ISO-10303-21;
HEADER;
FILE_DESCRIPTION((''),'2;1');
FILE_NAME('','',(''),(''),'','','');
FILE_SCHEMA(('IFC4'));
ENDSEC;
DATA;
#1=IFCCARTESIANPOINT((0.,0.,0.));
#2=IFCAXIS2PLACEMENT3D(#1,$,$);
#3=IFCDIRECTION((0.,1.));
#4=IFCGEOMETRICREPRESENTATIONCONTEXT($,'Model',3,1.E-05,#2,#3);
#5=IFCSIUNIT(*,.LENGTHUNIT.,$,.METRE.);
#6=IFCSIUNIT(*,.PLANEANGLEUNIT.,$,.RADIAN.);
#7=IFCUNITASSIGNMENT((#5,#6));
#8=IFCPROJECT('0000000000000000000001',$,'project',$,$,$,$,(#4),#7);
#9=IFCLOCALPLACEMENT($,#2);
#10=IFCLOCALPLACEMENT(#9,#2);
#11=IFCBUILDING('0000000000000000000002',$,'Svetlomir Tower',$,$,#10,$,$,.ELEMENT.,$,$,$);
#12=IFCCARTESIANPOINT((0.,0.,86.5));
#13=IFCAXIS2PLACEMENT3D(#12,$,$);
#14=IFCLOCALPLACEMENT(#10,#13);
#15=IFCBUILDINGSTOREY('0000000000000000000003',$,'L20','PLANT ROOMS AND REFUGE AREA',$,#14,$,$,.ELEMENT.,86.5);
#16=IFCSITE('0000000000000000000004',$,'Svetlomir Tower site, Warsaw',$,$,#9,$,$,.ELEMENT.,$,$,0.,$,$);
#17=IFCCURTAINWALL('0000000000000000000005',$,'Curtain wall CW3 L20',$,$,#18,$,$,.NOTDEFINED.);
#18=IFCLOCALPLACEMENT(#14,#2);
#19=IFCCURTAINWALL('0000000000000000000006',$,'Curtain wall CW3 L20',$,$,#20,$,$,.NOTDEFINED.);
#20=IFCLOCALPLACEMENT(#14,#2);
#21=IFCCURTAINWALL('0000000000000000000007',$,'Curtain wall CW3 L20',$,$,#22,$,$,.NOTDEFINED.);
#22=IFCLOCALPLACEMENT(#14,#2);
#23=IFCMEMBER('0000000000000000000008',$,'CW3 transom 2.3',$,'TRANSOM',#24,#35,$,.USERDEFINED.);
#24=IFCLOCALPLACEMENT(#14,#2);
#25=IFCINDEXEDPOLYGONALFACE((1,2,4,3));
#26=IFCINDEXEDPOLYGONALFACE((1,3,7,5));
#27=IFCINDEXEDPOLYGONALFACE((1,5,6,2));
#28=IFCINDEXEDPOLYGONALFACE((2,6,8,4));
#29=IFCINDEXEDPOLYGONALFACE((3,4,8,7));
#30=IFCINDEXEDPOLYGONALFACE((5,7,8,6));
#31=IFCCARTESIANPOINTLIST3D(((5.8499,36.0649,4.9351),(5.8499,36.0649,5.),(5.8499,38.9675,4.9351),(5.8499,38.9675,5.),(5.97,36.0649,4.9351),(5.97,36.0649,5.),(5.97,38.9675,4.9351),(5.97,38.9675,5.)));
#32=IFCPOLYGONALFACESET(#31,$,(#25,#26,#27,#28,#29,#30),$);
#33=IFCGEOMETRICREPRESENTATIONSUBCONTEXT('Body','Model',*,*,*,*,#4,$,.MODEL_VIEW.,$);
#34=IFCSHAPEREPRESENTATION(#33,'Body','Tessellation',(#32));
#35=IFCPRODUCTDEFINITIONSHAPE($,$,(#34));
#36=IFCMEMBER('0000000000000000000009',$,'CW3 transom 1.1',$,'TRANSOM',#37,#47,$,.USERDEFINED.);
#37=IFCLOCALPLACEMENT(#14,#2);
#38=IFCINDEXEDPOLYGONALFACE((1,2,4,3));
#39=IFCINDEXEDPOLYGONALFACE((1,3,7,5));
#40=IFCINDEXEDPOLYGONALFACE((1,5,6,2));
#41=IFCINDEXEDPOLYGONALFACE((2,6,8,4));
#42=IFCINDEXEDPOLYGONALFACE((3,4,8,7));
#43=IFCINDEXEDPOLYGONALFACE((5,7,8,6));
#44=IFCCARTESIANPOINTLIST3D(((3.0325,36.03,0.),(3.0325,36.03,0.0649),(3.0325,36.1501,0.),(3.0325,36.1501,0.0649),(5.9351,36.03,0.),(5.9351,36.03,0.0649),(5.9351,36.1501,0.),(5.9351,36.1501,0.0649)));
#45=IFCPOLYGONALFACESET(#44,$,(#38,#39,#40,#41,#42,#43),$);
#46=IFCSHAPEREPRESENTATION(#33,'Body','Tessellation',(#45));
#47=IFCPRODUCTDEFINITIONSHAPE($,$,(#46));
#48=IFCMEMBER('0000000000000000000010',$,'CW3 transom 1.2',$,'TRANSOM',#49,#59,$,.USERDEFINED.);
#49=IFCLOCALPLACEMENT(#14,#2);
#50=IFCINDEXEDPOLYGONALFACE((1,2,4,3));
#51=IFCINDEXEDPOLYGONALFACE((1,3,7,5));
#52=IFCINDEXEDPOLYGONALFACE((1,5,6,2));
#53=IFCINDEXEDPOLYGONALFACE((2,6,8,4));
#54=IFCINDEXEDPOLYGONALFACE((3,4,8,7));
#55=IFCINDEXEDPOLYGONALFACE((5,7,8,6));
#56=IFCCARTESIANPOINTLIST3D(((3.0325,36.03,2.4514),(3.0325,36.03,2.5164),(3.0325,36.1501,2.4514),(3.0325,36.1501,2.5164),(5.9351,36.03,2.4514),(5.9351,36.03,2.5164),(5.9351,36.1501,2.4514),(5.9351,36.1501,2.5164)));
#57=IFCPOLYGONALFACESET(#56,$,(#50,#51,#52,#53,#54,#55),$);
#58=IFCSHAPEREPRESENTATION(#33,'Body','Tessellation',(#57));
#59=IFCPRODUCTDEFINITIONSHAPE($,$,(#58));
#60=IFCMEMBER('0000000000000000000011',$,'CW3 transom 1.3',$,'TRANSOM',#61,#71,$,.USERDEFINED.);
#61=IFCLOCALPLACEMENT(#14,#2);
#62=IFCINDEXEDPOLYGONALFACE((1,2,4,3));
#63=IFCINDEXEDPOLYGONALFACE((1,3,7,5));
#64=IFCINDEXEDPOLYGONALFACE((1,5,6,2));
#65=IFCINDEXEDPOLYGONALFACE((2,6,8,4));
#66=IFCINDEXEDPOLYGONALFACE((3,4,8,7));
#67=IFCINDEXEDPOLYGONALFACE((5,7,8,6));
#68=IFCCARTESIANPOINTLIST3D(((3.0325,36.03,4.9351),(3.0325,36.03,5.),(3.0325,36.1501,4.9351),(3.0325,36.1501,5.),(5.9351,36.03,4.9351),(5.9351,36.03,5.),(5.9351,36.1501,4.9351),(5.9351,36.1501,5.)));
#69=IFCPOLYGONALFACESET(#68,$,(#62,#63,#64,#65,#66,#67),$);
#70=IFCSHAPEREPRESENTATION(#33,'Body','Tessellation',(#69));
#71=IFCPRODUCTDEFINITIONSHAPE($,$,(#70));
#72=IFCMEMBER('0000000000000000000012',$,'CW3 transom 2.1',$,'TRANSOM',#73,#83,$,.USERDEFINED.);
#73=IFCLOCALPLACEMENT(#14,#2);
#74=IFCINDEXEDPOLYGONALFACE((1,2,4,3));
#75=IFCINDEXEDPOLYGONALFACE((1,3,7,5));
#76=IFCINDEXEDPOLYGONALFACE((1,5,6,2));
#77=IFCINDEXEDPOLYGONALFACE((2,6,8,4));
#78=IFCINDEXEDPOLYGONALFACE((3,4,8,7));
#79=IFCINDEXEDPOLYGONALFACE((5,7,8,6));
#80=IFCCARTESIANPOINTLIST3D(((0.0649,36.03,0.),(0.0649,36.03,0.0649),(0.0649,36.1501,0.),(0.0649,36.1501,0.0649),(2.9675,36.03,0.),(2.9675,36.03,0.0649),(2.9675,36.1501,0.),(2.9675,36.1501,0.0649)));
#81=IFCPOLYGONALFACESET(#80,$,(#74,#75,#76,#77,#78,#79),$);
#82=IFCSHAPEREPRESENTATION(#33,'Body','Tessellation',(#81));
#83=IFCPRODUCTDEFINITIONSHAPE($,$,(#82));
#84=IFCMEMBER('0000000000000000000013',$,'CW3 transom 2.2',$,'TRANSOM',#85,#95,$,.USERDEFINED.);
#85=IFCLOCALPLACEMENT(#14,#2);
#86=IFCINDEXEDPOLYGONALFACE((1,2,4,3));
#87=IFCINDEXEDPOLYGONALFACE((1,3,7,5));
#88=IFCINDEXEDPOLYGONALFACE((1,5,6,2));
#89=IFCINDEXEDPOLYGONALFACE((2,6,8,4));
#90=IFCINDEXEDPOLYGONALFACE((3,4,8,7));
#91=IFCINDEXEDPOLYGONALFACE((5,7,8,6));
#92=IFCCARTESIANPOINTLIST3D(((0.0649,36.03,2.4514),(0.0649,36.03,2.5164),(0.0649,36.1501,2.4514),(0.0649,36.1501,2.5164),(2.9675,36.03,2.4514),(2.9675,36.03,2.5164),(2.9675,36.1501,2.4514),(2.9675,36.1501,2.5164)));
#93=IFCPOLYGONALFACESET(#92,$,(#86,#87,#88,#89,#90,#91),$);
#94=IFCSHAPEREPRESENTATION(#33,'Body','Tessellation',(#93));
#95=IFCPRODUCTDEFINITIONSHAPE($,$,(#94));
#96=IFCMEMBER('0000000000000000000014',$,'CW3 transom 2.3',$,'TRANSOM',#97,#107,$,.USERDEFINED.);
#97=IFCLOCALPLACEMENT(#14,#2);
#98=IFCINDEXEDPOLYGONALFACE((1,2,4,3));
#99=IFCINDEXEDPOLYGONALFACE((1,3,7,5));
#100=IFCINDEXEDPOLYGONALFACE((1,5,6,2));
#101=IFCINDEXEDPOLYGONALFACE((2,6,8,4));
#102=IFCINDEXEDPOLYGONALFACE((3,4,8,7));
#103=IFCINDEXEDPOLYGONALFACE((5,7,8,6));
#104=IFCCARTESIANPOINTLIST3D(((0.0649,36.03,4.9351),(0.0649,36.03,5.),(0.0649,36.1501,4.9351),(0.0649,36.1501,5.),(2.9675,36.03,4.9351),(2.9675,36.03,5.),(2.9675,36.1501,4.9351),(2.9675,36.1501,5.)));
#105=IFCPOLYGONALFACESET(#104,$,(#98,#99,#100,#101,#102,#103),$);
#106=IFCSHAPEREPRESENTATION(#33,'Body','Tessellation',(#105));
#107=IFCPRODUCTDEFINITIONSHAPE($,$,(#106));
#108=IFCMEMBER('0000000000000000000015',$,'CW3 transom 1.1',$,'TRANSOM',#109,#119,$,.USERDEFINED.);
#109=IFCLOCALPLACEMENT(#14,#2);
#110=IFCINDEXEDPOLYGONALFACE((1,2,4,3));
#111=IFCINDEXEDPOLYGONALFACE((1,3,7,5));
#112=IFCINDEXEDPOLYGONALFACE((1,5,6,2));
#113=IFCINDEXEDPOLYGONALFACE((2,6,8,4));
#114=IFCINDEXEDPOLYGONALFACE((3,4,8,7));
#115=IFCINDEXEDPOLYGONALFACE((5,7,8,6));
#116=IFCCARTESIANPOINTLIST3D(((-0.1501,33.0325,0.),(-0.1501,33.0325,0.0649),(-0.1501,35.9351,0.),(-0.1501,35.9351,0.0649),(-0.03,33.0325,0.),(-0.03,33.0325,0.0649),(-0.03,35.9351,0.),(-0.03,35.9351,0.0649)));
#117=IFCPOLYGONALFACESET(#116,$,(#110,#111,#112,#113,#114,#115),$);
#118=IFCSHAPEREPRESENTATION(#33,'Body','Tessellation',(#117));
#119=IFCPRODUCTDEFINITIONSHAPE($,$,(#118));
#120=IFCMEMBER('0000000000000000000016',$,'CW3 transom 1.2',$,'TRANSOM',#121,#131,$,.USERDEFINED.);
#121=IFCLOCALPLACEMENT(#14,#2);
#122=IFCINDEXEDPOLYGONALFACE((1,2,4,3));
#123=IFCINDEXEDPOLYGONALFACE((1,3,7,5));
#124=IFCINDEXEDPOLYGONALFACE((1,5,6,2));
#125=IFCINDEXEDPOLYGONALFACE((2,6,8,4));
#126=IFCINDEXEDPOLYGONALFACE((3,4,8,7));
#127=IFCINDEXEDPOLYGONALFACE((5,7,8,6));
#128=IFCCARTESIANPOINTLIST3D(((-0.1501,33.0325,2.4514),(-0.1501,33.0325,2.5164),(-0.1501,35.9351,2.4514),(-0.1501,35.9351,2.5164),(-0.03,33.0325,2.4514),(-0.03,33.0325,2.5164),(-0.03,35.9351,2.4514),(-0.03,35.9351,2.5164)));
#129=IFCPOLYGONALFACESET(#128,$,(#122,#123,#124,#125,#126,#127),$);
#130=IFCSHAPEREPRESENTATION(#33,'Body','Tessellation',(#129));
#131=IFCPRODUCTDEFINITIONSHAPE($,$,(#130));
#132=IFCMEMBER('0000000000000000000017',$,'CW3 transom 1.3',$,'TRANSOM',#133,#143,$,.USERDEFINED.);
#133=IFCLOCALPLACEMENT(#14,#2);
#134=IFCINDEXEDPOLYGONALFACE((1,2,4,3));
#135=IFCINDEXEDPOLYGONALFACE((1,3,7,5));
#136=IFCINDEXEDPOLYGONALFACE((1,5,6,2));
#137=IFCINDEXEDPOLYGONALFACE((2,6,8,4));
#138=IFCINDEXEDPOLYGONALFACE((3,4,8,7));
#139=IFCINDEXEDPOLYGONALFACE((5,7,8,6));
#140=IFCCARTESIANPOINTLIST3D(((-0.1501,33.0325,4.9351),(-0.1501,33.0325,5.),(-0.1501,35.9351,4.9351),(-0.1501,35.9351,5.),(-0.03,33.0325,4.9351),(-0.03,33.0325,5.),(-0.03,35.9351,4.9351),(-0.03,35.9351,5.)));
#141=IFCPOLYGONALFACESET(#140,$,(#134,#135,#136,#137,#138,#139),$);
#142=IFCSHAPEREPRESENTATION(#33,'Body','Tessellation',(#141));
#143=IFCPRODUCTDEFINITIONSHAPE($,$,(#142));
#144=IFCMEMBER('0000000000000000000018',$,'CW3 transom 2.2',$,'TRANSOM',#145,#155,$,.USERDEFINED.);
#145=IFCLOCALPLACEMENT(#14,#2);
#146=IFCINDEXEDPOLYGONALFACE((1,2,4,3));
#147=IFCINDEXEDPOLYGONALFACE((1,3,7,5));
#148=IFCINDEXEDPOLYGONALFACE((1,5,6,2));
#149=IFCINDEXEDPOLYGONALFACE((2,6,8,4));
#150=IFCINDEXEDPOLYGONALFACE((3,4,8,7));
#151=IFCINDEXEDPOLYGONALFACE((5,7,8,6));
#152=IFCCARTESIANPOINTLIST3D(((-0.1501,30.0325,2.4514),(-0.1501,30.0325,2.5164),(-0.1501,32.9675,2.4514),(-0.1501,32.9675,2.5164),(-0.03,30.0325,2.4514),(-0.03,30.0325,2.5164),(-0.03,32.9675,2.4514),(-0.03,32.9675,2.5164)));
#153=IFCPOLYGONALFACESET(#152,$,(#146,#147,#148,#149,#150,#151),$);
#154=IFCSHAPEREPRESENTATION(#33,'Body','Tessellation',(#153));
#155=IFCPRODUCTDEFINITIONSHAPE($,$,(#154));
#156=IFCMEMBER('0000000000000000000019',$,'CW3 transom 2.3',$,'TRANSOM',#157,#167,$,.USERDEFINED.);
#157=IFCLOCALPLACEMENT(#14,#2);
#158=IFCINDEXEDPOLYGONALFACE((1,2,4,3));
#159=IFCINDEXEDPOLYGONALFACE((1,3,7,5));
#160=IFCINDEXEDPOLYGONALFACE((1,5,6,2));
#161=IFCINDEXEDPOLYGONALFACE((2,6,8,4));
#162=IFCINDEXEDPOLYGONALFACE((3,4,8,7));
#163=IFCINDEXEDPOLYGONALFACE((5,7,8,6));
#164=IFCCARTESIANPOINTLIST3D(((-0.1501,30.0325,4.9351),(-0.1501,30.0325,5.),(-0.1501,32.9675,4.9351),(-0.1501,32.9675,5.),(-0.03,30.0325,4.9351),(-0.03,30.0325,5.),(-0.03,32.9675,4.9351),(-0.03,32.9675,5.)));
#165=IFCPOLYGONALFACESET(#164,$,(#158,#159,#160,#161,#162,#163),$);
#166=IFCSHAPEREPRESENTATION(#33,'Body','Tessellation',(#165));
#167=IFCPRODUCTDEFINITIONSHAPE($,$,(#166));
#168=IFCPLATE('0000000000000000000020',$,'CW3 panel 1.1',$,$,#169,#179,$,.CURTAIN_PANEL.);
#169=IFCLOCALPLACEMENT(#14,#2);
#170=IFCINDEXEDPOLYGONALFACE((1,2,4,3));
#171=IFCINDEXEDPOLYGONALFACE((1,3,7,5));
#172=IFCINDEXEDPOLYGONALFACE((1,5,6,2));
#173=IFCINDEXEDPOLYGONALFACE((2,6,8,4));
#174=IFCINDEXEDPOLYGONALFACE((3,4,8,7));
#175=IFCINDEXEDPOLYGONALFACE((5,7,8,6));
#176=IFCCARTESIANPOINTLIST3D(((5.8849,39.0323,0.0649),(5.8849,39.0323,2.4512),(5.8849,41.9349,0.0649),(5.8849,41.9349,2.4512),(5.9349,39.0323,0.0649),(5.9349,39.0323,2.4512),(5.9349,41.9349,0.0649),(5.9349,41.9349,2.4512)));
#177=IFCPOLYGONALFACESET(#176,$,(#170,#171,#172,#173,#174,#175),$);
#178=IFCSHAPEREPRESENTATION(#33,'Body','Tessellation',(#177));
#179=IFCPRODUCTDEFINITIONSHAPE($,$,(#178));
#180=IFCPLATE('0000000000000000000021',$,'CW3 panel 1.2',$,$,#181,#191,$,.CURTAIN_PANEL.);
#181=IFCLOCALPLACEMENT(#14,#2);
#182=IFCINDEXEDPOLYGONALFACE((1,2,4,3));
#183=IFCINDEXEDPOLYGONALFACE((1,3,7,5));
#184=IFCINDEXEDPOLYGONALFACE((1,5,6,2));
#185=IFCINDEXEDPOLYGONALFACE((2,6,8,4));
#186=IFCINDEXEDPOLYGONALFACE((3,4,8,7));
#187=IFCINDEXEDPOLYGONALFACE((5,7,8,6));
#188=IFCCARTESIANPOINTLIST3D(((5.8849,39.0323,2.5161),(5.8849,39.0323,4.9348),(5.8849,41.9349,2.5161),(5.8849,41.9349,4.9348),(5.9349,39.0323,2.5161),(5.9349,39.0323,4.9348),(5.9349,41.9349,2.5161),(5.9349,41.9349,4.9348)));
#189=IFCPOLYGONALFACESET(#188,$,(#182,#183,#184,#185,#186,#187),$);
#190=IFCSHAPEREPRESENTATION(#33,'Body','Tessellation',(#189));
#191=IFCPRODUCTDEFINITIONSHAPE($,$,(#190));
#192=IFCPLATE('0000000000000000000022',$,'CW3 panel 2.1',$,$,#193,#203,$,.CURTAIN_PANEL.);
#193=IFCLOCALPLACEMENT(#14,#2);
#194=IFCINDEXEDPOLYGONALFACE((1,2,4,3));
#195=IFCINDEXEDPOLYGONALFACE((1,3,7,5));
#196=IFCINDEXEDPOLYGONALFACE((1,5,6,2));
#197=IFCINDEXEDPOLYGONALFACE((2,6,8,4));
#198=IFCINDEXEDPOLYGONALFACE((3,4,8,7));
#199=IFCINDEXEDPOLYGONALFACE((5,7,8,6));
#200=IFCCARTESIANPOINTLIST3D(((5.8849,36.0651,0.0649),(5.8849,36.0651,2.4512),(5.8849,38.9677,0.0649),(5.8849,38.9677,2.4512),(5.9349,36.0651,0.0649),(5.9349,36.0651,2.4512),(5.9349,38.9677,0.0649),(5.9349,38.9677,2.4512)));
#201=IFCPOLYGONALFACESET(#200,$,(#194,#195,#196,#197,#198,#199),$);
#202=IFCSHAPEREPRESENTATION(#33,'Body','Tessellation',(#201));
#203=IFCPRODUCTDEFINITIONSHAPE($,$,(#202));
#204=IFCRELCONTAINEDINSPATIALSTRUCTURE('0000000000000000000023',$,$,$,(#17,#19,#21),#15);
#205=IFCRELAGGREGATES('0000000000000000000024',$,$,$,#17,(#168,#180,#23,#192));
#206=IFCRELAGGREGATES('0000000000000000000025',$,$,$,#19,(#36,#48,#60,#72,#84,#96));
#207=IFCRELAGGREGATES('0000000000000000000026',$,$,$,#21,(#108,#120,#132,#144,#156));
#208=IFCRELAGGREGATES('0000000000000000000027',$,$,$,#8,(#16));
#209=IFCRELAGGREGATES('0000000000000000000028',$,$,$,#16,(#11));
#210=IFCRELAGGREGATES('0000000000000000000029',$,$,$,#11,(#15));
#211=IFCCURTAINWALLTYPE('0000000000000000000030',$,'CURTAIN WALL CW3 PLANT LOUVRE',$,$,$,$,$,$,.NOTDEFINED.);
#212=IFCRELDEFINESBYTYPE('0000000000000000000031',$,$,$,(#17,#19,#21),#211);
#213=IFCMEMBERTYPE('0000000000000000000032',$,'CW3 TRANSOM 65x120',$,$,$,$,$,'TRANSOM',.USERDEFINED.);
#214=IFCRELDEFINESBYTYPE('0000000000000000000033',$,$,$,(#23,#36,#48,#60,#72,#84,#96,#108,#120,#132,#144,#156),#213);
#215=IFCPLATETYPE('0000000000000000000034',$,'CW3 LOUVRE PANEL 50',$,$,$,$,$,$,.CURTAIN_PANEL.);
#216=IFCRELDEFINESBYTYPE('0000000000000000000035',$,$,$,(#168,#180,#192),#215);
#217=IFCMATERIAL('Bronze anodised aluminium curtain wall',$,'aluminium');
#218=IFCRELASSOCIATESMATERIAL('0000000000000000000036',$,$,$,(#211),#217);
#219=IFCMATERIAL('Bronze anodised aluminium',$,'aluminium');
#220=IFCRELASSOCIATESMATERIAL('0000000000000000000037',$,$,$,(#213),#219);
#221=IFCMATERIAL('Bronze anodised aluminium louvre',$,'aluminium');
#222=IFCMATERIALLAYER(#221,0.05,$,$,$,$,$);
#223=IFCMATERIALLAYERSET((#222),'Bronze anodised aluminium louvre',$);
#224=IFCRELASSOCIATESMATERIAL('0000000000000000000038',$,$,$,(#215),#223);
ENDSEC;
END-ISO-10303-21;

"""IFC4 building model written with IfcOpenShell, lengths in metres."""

from ifc_helpers import new_model, si_unit, direction, frame, origin, origin_2d, place, context, subcontext, project, spatial, rectangle, extrude, material, layer, layer_set, material_profile, profile_set, type_object, element, aggregate, save


model = new_model("IFC4")

# Units and contexts
model_context = context("Model", 3, precision=1e-05, world=origin(), true_north=direction((0.0, 1.0)))
body_context = subcontext(model_context, "Body", "Model", "MODEL_VIEW")
ifc_project = project(units=[si_unit("LENGTHUNIT", "METRE"), si_unit("PLANEANGLEUNIT", "RADIAN")], contexts=[model_context])

# Site, building, storey
site_placement = place(None, origin())
site = spatial("IfcSite", under=ifc_project, at=site_placement, Name="Svetlomir Tower site, Warsaw", CompositionType="ELEMENT", RefElevation=0.0)
building_placement = place(site_placement, origin())
building = spatial("IfcBuilding", under=site, at=building_placement, Name="Svetlomir Tower", CompositionType="ELEMENT")
storey_placement = place(building_placement, frame((0.0, 0.0, 86.5)))
storey = spatial("IfcBuildingStorey", under=building, at=storey_placement, Name="L20", Description="PLANT ROOMS AND REFUGE AREA", CompositionType="ELEMENT", Elevation=86.5)

# Curtain walls
ifc_material_1 = material(Name="Bronze anodised aluminium curtain wall", Category="aluminium")
curtain_wall_type = type_object("IfcCurtainWallType", Name="CURTAIN WALL CW3 PLANT LOUVRE", PredefinedType="NOTDEFINED", material=ifc_material_1)
curtain_wall_1_placement = place(storey_placement, origin())
curtain_wall_1 = element("IfcCurtainWall", 1, at=curtain_wall_1_placement, inside=storey, type_object=curtain_wall_type, Name="Curtain wall CW3 L20", PredefinedType="NOTDEFINED")
curtain_wall_2_placement = place(storey_placement, origin())
curtain_wall_2 = element("IfcCurtainWall", 2, at=curtain_wall_2_placement, inside=storey, type_object=curtain_wall_type, Name="Curtain wall CW3 L20", PredefinedType="NOTDEFINED")
curtain_wall_3_placement = place(storey_placement, origin())
curtain_wall_3 = element("IfcCurtainWall", 3, at=curtain_wall_3_placement, inside=storey, type_object=curtain_wall_type, Name="Curtain wall CW3 L20", PredefinedType="NOTDEFINED")

# Members
ifc_material_2 = material(Name="Bronze anodised aluminium", Category="aluminium")
ifc_material_profile_1 = material_profile(ifc_material_2, rectangle(XDim=0.1201, YDim=0.0649, at=origin_2d()), Name="AL 120x65")
ifc_profile_set_1 = profile_set([ifc_material_profile_1], Name="Bronze anodised aluminium 6063-T6")
member_type_1 = type_object("IfcMemberType", Name="CW3 TRANSOM 65x120", ElementType="TRANSOM", PredefinedType="USERDEFINED", material=ifc_profile_set_1)
member_1_placement = place(storey_placement, frame((5.9099, 38.9675, 4.9675), z_axis=(0.0, -1.0, 0.0), x_axis=(1.0, 0.0, 0.0)))
member_1 = element("IfcMember", 4, at=member_1_placement, type_object=member_type_1, Name="CW3 transom 2.3", ObjectType="TRANSOM", PredefinedType="USERDEFINED", context=body_context, shape_type="SweptSolid", body=[
    extrude(rectangle(XDim=0.1201, YDim=0.0649, at=origin_2d()), origin(), (0.0, 0.0, 1.0), 2.9026),
])
member_2_placement = place(storey_placement, frame((5.9351, 36.0901, 0.0325), z_axis=(-1.0, 0.0, 0.0), x_axis=(0.0, -1.0, 0.0)))
member_2 = element("IfcMember", 5, at=member_2_placement, type_object=member_type_1, Name="CW3 transom 1.1", ObjectType="TRANSOM", PredefinedType="USERDEFINED", context=body_context, shape_type="SweptSolid", body=[
    extrude(rectangle(XDim=0.1201, YDim=0.0649, at=origin_2d()), origin(), (0.0, 0.0, 1.0), 2.9026),
])
member_3_placement = place(storey_placement, frame((5.9351, 36.0901, 2.4839), z_axis=(-1.0, 0.0, 0.0), x_axis=(0.0, -1.0, 0.0)))
member_3 = element("IfcMember", 6, at=member_3_placement, type_object=member_type_1, Name="CW3 transom 1.2", ObjectType="TRANSOM", PredefinedType="USERDEFINED", context=body_context, shape_type="SweptSolid", body=[
    extrude(rectangle(XDim=0.1201, YDim=0.0649, at=origin_2d()), origin(), (0.0, 0.0, 1.0), 2.9026),
])
member_4_placement = place(storey_placement, frame((5.9351, 36.0901, 4.9675), z_axis=(-1.0, 0.0, 0.0), x_axis=(0.0, -1.0, 0.0)))
member_4 = element("IfcMember", 7, at=member_4_placement, type_object=member_type_1, Name="CW3 transom 1.3", ObjectType="TRANSOM", PredefinedType="USERDEFINED", context=body_context, shape_type="SweptSolid", body=[
    extrude(rectangle(XDim=0.1201, YDim=0.0649, at=origin_2d()), origin(), (0.0, 0.0, 1.0), 2.9026),
])
member_5_placement = place(storey_placement, frame((2.9675, 36.0901, 0.0325), z_axis=(-1.0, 0.0, 0.0), x_axis=(0.0, -1.0, 0.0)))
member_5 = element("IfcMember", 8, at=member_5_placement, type_object=member_type_1, Name="CW3 transom 2.1", ObjectType="TRANSOM", PredefinedType="USERDEFINED", context=body_context, shape_type="SweptSolid", body=[
    extrude(rectangle(XDim=0.1201, YDim=0.0649, at=origin_2d()), origin(), (0.0, 0.0, 1.0), 2.9026),
])
member_6_placement = place(storey_placement, frame((2.9675, 36.0901, 2.4839), z_axis=(-1.0, 0.0, 0.0), x_axis=(0.0, -1.0, 0.0)))
member_6 = element("IfcMember", 9, at=member_6_placement, type_object=member_type_1, Name="CW3 transom 2.2", ObjectType="TRANSOM", PredefinedType="USERDEFINED", context=body_context, shape_type="SweptSolid", body=[
    extrude(rectangle(XDim=0.1201, YDim=0.0649, at=origin_2d()), origin(), (0.0, 0.0, 1.0), 2.9026),
])
member_7_placement = place(storey_placement, frame((2.9675, 36.0901, 4.9675), z_axis=(-1.0, 0.0, 0.0), x_axis=(0.0, -1.0, 0.0)))
member_7 = element("IfcMember", 10, at=member_7_placement, type_object=member_type_1, Name="CW3 transom 2.3", ObjectType="TRANSOM", PredefinedType="USERDEFINED", context=body_context, shape_type="SweptSolid", body=[
    extrude(rectangle(XDim=0.1201, YDim=0.0649, at=origin_2d()), origin(), (0.0, 0.0, 1.0), 2.9026),
])
member_8_placement = place(storey_placement, frame((-0.0901, 35.9351, 0.0325), z_axis=(0.0, -1.0, 0.0), x_axis=(1.0, 0.0, 0.0)))
member_8 = element("IfcMember", 11, at=member_8_placement, type_object=member_type_1, Name="CW3 transom 1.1", ObjectType="TRANSOM", PredefinedType="USERDEFINED", context=body_context, shape_type="SweptSolid", body=[
    extrude(rectangle(XDim=0.1201, YDim=0.0649, at=origin_2d()), origin(), (0.0, 0.0, 1.0), 2.9026),
])
member_9_placement = place(storey_placement, frame((-0.0901, 35.9351, 2.4839), z_axis=(0.0, -1.0, 0.0), x_axis=(1.0, 0.0, 0.0)))
member_9 = element("IfcMember", 12, at=member_9_placement, type_object=member_type_1, Name="CW3 transom 1.2", ObjectType="TRANSOM", PredefinedType="USERDEFINED", context=body_context, shape_type="SweptSolid", body=[
    extrude(rectangle(XDim=0.1201, YDim=0.0649, at=origin_2d()), origin(), (0.0, 0.0, 1.0), 2.9026),
])
member_10_placement = place(storey_placement, frame((-0.0901, 35.9351, 4.9675), z_axis=(0.0, -1.0, 0.0), x_axis=(1.0, 0.0, 0.0)))
member_10 = element("IfcMember", 13, at=member_10_placement, type_object=member_type_1, Name="CW3 transom 1.3", ObjectType="TRANSOM", PredefinedType="USERDEFINED", context=body_context, shape_type="SweptSolid", body=[
    extrude(rectangle(XDim=0.1201, YDim=0.0649, at=origin_2d()), origin(), (0.0, 0.0, 1.0), 2.9026),
])
member_11_placement = place(storey_placement, frame((-0.0901, 32.9675, 2.4839), z_axis=(0.0, -1.0, 0.0), x_axis=(1.0, 0.0, 0.0)))
member_11 = element("IfcMember", 14, at=member_11_placement, type_object=member_type_1, Name="CW3 transom 2.2", ObjectType="TRANSOM", PredefinedType="USERDEFINED", context=body_context, shape_type="SweptSolid", body=[
    extrude(rectangle(XDim=0.1201, YDim=0.0649, at=origin_2d()), origin(), (0.0, 0.0, 1.0), 2.9351),
])
member_12_placement = place(storey_placement, frame((-0.0901, 32.9675, 4.9675), z_axis=(0.0, -1.0, 0.0), x_axis=(1.0, 0.0, 0.0)))
member_12 = element("IfcMember", 15, at=member_12_placement, type_object=member_type_1, Name="CW3 transom 2.3", ObjectType="TRANSOM", PredefinedType="USERDEFINED", context=body_context, shape_type="SweptSolid", body=[
    extrude(rectangle(XDim=0.1201, YDim=0.0649, at=origin_2d()), origin(), (0.0, 0.0, 1.0), 2.9351),
])

# Plates
ifc_material_3 = material(Name="Bronze anodised aluminium louvre", Category="aluminium")
ifc_layer = layer(ifc_material_3, 0.05)
ifc_layer_set = layer_set([ifc_layer], Name="Bronze anodised aluminium louvre")
plate_type = type_object("IfcPlateType", Name="CW3 LOUVRE PANEL 50", PredefinedType="CURTAIN_PANEL", material=ifc_layer_set)
plate_1_placement = place(storey_placement, frame((5.9099, 40.4836, 0.0649), z_axis=(0.0, 0.0, 1.0), x_axis=(0.0, -1.0, 0.0)))
plate_1 = element("IfcPlate", 16, at=plate_1_placement, type_object=plate_type, Name="CW3 panel 1.1", PredefinedType="CURTAIN_PANEL", context=body_context, shape_type="SweptSolid", body=[
    extrude(rectangle(XDim=2.9026, YDim=0.05, at=origin_2d()), origin(), (0.0, 0.0, 1.0), 2.3862),
])
plate_2_placement = place(storey_placement, frame((5.9099, 40.4836, 2.5161), z_axis=(0.0, 0.0, 1.0), x_axis=(0.0, -1.0, 0.0)))
plate_2 = element("IfcPlate", 17, at=plate_2_placement, type_object=plate_type, Name="CW3 panel 1.2", PredefinedType="CURTAIN_PANEL", context=body_context, shape_type="SweptSolid", body=[
    extrude(rectangle(XDim=2.9026, YDim=0.05, at=origin_2d()), origin(), (0.0, 0.0, 1.0), 2.4187),
])
plate_3_placement = place(storey_placement, frame((5.9099, 37.5164, 0.0649), z_axis=(0.0, 0.0, 1.0), x_axis=(0.0, -1.0, 0.0)))
plate_3 = element("IfcPlate", 18, at=plate_3_placement, type_object=plate_type, Name="CW3 panel 2.1", PredefinedType="CURTAIN_PANEL", context=body_context, shape_type="SweptSolid", body=[
    extrude(rectangle(XDim=2.9026, YDim=0.05, at=origin_2d()), origin(), (0.0, 0.0, 1.0), 2.3862),
])
aggregate(curtain_wall_1, [plate_1, plate_2, member_1, plate_3])
aggregate(curtain_wall_2, [member_2, member_3, member_4, member_5, member_6, member_7])
aggregate(curtain_wall_3, [member_8, member_9, member_10, member_11, member_12])

save(model, "model.ifc")
